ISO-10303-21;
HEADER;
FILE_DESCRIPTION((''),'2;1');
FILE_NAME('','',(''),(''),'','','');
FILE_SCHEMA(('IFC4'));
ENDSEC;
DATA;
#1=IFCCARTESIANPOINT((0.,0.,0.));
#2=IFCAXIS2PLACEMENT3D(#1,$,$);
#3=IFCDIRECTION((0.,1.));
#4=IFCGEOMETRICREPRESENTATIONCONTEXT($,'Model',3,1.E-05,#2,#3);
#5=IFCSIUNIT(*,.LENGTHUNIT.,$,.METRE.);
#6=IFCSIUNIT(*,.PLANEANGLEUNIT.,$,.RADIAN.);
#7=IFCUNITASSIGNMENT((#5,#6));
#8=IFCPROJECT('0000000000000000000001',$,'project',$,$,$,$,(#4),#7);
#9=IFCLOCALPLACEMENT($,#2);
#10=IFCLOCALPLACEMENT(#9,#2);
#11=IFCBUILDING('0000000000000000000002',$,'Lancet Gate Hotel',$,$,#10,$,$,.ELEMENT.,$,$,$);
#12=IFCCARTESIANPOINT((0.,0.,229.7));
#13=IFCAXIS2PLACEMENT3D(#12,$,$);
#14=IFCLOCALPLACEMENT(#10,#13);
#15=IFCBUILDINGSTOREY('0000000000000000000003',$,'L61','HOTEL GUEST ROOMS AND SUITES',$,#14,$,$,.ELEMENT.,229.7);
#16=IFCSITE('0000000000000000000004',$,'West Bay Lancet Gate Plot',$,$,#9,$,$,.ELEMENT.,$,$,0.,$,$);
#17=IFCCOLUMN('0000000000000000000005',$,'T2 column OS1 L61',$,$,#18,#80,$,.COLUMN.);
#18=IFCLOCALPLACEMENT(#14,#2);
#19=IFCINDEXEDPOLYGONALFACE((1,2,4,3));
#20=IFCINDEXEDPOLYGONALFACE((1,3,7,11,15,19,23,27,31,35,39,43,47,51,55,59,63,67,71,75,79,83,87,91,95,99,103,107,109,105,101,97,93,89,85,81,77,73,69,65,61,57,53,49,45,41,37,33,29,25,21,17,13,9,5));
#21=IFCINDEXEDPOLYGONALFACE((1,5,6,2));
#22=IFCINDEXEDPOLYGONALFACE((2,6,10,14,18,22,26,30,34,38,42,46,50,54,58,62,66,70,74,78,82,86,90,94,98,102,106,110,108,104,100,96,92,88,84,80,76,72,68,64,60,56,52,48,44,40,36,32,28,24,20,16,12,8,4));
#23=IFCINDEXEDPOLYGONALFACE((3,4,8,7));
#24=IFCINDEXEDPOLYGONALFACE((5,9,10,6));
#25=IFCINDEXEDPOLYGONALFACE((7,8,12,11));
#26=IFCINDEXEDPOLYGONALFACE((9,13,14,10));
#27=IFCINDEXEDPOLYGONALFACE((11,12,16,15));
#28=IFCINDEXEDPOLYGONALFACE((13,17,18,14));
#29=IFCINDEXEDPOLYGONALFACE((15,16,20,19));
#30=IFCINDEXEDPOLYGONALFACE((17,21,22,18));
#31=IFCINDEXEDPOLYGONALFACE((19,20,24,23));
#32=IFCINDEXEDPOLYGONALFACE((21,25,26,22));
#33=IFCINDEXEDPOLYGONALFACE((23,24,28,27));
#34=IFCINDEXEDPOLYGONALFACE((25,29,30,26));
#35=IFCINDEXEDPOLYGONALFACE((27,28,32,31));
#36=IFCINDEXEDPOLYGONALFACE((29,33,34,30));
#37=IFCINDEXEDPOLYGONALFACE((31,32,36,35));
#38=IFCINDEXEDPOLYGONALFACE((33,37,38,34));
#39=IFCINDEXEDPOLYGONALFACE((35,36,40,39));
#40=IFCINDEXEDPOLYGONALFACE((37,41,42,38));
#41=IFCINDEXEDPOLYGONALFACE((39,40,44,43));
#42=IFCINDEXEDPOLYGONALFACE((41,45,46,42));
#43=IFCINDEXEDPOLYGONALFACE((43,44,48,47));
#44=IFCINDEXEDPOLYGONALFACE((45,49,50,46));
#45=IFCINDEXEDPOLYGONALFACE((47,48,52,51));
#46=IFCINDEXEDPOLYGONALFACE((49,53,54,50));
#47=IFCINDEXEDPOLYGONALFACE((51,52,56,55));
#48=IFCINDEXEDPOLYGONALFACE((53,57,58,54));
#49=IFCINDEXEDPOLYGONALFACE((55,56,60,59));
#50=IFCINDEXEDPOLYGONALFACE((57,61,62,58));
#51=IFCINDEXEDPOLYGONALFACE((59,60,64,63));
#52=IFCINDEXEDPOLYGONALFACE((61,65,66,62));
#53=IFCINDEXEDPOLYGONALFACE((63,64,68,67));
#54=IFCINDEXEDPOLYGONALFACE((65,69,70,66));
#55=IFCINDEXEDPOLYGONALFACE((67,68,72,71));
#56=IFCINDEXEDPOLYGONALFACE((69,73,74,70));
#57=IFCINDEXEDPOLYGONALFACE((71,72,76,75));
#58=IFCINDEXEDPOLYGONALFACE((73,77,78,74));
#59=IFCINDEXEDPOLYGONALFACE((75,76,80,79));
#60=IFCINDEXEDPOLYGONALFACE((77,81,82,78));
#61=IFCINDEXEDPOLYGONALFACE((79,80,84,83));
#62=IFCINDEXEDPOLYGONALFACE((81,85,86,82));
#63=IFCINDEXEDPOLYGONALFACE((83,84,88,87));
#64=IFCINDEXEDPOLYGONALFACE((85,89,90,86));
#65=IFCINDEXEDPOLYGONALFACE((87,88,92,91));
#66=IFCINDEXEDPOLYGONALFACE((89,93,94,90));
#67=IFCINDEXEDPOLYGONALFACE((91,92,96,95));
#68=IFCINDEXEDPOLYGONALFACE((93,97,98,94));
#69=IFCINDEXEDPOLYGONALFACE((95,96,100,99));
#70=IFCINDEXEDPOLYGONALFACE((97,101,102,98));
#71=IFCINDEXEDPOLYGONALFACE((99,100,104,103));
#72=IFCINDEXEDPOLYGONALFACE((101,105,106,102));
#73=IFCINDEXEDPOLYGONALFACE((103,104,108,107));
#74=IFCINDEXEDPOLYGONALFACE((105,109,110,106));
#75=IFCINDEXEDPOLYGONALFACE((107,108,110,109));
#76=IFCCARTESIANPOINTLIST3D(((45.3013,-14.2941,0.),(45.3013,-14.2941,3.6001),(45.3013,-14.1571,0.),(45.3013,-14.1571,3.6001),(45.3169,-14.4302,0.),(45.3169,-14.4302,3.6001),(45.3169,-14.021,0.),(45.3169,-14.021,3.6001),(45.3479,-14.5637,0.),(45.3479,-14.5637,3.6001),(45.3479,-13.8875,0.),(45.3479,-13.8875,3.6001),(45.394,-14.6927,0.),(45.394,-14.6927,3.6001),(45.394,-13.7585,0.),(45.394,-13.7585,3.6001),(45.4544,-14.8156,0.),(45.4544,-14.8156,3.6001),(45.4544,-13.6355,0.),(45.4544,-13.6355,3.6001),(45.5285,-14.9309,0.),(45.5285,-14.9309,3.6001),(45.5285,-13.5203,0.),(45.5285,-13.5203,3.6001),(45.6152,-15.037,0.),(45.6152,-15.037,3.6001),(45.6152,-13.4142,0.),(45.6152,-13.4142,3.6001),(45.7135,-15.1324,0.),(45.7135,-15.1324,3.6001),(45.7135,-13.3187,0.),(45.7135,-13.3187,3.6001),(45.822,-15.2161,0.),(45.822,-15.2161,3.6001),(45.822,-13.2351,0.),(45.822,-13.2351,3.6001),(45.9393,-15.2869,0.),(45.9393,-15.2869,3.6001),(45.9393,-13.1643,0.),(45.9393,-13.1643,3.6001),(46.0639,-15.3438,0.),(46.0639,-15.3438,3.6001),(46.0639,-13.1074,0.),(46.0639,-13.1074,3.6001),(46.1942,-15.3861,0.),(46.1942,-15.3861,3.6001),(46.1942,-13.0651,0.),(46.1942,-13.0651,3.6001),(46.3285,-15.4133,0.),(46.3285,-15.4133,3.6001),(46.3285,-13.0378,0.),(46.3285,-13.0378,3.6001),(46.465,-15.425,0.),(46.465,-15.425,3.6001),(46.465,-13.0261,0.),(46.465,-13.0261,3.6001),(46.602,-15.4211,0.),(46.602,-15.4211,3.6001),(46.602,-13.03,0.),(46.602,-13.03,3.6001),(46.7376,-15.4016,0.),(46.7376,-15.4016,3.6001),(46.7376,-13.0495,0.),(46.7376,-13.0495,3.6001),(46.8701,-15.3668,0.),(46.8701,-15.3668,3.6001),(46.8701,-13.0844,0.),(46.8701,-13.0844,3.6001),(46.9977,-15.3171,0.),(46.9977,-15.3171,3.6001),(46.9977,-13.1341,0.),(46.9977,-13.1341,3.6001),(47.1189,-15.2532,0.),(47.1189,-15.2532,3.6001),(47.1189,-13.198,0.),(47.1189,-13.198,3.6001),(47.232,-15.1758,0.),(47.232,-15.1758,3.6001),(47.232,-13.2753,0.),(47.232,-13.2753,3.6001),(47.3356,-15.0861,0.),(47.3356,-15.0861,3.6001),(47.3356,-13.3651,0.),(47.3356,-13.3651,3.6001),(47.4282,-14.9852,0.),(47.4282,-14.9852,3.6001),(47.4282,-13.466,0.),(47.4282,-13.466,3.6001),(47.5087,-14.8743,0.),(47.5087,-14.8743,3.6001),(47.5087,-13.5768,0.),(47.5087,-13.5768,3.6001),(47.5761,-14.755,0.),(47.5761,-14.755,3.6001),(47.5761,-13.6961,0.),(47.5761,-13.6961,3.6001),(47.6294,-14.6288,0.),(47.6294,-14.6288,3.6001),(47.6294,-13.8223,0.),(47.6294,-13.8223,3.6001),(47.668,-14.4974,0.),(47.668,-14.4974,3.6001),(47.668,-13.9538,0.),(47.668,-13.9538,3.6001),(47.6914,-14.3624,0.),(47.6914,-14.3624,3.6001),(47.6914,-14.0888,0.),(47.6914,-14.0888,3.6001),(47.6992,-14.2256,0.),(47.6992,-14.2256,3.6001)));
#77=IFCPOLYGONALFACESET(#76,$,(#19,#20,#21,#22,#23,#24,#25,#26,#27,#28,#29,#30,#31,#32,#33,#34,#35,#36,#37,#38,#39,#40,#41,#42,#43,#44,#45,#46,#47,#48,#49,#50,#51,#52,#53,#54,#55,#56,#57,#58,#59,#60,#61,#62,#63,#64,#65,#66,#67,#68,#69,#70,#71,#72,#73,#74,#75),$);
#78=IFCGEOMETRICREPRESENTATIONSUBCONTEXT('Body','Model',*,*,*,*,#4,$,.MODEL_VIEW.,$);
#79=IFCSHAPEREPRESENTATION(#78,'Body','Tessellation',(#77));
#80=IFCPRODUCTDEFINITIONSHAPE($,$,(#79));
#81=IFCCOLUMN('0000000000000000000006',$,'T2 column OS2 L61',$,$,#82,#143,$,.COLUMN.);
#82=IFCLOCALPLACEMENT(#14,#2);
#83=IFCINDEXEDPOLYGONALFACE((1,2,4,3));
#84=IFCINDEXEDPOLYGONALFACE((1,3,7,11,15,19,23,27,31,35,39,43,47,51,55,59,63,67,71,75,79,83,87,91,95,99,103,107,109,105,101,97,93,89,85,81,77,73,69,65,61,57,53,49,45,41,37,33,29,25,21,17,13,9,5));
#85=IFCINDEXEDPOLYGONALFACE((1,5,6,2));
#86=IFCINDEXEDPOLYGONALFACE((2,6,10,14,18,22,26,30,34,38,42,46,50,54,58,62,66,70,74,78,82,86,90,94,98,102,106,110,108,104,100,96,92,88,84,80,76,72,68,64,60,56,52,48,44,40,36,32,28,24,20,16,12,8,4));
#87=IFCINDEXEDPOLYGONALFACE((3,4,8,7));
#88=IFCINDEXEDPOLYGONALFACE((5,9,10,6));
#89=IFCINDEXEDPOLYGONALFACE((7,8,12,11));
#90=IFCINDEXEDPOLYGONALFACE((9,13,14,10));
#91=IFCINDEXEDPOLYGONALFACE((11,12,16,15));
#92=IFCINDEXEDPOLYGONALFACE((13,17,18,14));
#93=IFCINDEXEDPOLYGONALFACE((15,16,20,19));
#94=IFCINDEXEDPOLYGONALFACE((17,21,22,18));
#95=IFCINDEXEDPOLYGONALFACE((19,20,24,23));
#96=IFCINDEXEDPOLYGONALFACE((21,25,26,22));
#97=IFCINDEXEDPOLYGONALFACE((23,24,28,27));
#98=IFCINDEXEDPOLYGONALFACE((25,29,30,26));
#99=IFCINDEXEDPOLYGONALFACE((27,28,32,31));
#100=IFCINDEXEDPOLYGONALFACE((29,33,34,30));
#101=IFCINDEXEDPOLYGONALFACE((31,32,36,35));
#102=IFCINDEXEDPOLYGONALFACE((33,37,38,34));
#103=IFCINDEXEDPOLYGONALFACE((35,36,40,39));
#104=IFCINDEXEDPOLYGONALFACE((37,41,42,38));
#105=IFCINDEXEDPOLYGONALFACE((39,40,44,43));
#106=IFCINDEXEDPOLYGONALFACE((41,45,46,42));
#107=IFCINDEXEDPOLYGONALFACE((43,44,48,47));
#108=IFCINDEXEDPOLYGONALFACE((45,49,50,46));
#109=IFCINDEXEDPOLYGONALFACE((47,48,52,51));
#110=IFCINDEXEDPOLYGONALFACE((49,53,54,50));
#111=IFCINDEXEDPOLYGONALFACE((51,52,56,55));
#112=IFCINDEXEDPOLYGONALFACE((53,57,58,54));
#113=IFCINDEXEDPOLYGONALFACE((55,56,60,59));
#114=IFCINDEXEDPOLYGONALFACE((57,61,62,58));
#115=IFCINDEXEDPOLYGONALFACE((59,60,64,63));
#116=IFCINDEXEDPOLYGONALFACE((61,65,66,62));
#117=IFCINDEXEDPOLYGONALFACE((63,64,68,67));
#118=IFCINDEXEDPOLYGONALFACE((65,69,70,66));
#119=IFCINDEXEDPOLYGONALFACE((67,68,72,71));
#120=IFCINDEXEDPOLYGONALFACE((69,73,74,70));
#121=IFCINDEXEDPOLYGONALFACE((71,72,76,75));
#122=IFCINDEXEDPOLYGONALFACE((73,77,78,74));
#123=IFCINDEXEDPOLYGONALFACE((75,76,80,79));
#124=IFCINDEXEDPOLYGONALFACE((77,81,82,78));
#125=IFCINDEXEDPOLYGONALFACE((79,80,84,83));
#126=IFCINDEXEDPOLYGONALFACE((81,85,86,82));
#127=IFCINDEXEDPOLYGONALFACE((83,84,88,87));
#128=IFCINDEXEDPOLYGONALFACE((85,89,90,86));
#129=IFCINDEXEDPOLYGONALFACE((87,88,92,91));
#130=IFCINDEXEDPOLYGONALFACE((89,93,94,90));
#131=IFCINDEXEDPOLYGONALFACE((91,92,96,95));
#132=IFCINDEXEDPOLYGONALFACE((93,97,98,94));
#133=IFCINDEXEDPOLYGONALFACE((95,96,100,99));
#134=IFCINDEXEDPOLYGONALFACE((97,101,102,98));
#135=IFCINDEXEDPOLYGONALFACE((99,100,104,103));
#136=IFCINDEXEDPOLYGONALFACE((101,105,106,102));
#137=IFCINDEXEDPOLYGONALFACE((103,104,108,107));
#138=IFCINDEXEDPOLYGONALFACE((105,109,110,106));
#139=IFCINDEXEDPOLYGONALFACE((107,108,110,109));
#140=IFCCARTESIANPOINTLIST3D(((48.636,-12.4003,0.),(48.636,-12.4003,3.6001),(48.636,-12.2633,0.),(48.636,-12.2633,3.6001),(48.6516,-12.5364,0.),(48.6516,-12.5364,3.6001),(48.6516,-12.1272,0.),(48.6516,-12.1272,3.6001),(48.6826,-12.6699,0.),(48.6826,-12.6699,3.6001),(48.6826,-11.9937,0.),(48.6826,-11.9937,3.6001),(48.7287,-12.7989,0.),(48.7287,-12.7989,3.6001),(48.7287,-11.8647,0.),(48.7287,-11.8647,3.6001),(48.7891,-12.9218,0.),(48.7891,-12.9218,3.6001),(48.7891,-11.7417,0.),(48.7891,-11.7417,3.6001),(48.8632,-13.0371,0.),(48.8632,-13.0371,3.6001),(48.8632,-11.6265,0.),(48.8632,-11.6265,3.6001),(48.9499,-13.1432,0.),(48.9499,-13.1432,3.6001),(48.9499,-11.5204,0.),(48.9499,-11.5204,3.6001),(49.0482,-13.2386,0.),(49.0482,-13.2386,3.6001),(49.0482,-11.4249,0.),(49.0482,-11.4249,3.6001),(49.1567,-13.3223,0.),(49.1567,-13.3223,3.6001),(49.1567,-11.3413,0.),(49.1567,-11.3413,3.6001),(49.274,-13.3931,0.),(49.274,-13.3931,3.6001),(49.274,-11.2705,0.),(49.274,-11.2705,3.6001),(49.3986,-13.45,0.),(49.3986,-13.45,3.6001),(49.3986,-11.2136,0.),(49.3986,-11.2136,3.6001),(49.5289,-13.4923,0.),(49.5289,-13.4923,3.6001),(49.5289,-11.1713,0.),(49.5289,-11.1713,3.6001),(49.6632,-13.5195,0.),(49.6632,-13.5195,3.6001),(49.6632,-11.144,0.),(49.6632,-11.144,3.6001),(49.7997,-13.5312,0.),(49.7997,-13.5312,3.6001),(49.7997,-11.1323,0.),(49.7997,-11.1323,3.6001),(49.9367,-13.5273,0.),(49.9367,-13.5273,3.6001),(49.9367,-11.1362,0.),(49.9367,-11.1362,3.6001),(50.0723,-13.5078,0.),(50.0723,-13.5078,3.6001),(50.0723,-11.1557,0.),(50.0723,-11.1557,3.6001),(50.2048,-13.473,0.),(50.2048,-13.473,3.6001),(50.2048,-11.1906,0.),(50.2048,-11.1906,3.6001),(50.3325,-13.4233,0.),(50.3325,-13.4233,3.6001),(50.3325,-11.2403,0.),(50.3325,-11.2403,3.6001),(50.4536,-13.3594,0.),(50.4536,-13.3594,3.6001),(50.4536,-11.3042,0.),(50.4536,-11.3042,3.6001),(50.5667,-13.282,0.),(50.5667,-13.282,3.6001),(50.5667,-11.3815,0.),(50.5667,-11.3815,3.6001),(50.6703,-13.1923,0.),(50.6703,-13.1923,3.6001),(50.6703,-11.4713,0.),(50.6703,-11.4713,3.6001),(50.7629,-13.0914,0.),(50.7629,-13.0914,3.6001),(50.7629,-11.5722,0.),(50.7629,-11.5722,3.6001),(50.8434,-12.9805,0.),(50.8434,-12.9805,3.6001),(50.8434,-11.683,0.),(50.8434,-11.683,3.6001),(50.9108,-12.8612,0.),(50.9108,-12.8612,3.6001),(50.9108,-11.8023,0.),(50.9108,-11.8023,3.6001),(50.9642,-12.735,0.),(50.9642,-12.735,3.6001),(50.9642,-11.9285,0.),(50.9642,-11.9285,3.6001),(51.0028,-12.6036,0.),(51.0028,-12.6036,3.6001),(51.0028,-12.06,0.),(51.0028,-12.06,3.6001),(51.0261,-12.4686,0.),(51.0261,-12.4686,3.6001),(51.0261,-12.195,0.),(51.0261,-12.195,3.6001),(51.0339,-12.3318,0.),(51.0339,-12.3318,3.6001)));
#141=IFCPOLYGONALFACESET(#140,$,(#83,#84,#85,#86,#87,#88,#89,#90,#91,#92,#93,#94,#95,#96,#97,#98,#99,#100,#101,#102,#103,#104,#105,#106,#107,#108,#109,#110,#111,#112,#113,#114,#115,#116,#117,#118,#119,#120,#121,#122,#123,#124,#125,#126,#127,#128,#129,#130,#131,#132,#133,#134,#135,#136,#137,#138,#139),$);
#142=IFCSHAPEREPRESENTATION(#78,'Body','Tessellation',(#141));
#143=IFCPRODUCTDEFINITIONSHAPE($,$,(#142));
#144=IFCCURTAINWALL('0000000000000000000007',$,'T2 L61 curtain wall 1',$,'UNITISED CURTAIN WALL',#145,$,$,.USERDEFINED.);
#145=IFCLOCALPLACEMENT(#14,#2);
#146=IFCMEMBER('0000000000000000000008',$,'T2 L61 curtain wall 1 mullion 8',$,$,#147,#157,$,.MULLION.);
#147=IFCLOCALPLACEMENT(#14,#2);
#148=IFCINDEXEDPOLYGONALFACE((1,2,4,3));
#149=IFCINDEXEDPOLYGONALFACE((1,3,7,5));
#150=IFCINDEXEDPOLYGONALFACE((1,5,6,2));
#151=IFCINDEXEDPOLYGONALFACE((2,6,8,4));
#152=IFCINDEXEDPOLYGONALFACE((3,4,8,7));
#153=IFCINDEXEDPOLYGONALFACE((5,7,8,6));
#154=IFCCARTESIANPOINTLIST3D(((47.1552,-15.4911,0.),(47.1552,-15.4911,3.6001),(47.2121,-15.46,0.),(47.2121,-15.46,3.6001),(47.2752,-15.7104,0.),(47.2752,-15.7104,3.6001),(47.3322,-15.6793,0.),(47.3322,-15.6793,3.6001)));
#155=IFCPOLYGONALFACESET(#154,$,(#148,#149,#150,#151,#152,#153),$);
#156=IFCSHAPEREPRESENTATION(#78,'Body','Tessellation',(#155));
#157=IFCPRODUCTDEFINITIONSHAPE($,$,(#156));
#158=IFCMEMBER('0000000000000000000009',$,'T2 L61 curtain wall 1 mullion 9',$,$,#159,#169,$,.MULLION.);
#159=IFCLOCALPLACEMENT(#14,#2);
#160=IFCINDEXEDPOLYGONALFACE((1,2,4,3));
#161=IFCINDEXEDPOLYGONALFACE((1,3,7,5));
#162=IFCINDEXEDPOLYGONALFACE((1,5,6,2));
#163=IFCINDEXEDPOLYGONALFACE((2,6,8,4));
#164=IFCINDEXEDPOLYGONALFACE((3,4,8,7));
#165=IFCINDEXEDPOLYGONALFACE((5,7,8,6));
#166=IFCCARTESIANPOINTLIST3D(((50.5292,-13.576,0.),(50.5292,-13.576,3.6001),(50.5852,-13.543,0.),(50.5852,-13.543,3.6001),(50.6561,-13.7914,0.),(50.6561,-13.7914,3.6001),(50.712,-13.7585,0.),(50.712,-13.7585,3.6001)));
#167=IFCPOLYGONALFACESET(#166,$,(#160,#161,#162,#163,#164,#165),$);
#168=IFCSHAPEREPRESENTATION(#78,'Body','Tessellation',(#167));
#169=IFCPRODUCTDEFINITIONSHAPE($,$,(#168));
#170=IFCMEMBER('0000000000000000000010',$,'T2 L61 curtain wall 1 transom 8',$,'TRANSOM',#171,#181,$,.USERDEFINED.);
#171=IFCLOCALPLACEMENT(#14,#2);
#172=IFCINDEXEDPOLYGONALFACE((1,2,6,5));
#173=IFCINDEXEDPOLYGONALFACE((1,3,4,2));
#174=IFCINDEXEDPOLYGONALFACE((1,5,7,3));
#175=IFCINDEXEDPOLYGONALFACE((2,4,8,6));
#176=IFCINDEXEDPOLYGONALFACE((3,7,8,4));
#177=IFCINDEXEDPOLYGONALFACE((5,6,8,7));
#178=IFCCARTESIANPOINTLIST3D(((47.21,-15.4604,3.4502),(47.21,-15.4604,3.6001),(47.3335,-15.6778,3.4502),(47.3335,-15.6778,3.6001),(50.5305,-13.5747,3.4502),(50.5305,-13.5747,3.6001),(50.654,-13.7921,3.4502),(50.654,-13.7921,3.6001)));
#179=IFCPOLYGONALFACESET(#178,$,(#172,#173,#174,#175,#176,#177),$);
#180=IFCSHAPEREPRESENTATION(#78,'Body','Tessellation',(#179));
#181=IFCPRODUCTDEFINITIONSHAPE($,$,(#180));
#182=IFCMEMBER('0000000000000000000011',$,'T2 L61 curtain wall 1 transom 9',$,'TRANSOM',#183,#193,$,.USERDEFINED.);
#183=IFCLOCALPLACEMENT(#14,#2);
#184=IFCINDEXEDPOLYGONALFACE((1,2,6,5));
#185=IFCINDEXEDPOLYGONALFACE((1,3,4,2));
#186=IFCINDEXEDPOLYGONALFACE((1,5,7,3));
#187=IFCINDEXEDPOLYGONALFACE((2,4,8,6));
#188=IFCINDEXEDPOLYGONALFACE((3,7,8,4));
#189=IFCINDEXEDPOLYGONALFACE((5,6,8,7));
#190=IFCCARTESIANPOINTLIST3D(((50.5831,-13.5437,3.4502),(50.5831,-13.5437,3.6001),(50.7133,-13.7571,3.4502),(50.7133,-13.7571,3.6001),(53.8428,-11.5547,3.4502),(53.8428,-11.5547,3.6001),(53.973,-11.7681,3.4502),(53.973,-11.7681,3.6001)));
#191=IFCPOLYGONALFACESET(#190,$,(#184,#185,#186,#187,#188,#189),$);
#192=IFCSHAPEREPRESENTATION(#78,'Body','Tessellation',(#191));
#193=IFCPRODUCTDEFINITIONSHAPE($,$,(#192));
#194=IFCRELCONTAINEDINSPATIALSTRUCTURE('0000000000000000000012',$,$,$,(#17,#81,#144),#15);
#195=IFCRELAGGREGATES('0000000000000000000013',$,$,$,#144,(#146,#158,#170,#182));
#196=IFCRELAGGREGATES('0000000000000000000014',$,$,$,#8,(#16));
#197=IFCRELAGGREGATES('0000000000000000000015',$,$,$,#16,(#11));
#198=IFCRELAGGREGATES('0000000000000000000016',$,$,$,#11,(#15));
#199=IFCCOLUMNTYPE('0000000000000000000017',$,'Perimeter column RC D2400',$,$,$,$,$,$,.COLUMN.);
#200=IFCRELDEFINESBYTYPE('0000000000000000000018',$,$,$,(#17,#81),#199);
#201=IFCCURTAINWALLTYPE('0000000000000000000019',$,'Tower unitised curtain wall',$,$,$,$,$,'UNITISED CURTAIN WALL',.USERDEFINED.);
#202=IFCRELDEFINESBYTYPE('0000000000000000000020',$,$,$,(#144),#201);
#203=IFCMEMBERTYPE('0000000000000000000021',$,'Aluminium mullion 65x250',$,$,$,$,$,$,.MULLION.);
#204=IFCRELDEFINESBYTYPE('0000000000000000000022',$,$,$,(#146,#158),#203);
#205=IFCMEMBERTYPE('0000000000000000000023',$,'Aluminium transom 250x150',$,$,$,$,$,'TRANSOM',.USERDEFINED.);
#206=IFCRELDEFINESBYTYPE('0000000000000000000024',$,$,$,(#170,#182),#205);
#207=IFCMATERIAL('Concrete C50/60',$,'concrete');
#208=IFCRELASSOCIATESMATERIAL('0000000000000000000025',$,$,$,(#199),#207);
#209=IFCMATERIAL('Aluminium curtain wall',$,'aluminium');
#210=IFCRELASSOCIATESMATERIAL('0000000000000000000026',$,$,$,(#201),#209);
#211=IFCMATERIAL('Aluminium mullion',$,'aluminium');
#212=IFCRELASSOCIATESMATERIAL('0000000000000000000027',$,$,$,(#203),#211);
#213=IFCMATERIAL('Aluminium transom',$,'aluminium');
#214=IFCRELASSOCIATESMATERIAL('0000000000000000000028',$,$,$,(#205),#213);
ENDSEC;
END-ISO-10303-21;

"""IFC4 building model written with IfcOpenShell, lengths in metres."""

from ifc_helpers import new_model, si_unit, direction, frame, origin, origin_2d, place, context, subcontext, project, spatial, rectangle, circle, extrude, material, material_profile, profile_set, type_object, element, aggregate, save


model = new_model("IFC4")

# Units and contexts
model_context = context("Model", 3, precision=1e-05, world=origin(), true_north=direction((0.0, 1.0)))
body_context = subcontext(model_context, "Body", "Model", "MODEL_VIEW")
ifc_project = project(units=[si_unit("LENGTHUNIT", "METRE"), si_unit("PLANEANGLEUNIT", "RADIAN")], contexts=[model_context])

# Site, building, storey
site_placement = place(None, origin())
site = spatial("IfcSite", under=ifc_project, at=site_placement, Name="West Bay Lancet Gate Plot", CompositionType="ELEMENT", RefElevation=0.0)
building_placement = place(site_placement, origin())
building = spatial("IfcBuilding", under=site, at=building_placement, Name="Lancet Gate Hotel", CompositionType="ELEMENT")
storey_placement = place(building_placement, frame((0.0, 0.0, 229.7)))
storey = spatial("IfcBuildingStorey", under=building, at=storey_placement, Name="L61", Description="HOTEL GUEST ROOMS AND SUITES", CompositionType="ELEMENT", Elevation=229.7)

# Columns
ifc_material_1 = material(Name="Concrete C50/60", Category="concrete")
ifc_material_profile_1 = material_profile(ifc_material_1, circle(Radius=1.2, at=origin_2d()), Name="RC D2400")
ifc_profile_set_1 = profile_set([ifc_material_profile_1], Name="Concrete C50/60")
column_type = type_object("IfcColumnType", Name="Perimeter column RC D2400", PredefinedType="COLUMN", material=ifc_profile_set_1)
for number, where, z_axis, x_axis, name in (
    (1, (46.4993, -14.2256, 0.0), (0.0, 0.0, 1.0), (1.0, 0.0, 0.0), "T2 column OS1 L61"),
    (2, (49.834, -12.3318, 0.0), (0.0, 0.0, 1.0), (1.0, 0.0, 0.0), "T2 column OS2 L61"),
):
    element("IfcColumn", number, at=place(storey_placement, frame(where, z_axis=z_axis, x_axis=x_axis)), inside=storey, type_object=column_type, Name=name, PredefinedType="COLUMN", context=body_context, shape_type="SweptSolid", body=[
        extrude(circle(Radius=1.2, at=origin_2d()), origin(), (0.0, 0.0, 1.0), 3.6001),
    ])

# Curtain wall, members
ifc_material_2 = material(Name="Aluminium curtain wall", Category="aluminium")
curtain_wall_type = type_object("IfcCurtainWallType", Name="Tower unitised curtain wall", ElementType="UNITISED CURTAIN WALL", PredefinedType="USERDEFINED", material=ifc_material_2)
curtain_wall_placement = place(storey_placement, origin())
curtain_wall = element("IfcCurtainWall", 3, at=curtain_wall_placement, inside=storey, type_object=curtain_wall_type, Name="T2 L61 curtain wall 1", ObjectType="UNITISED CURTAIN WALL", PredefinedType="USERDEFINED")
ifc_material_3 = material(Name="Aluminium mullion", Category="aluminium")
ifc_material_profile_2 = material_profile(ifc_material_3, rectangle(XDim=0.0649, YDim=0.25, at=origin_2d()), Name="MULLION 65x250")
ifc_profile_set_2 = profile_set([ifc_material_profile_2], Name="Aluminium mullion")
member_type_1 = type_object("IfcMemberType", Name="Aluminium mullion 65x250", PredefinedType="MULLION", material=ifc_profile_set_2)
member_1_placement = place(storey_placement, frame((47.2437, -15.5852, 0.0), z_axis=(0.0, 0.0, 1.0), x_axis=(0.877195, 0.480135, 0.0)))
member_1 = element("IfcMember", 4, at=member_1_placement, type_object=member_type_1, Name="T2 L61 curtain wall 1 mullion 8", PredefinedType="MULLION", context=body_context, shape_type="SweptSolid", body=[
    extrude(rectangle(XDim=0.0649, YDim=0.25, at=origin_2d()), origin(), (0.0, 0.0, 1.0), 3.6001),
])
member_2_placement = place(storey_placement, frame((50.6206, -13.6672, 0.0), z_axis=(0.0, 0.0, 1.0), x_axis=(0.861692, 0.507432, 0.0)))
member_2 = element("IfcMember", 5, at=member_2_placement, type_object=member_type_1, Name="T2 L61 curtain wall 1 mullion 9", PredefinedType="MULLION", context=body_context, shape_type="SweptSolid", body=[
    extrude(rectangle(XDim=0.0649, YDim=0.25, at=origin_2d()), origin(), (0.0, 0.0, 1.0), 3.6001),
])
ifc_material_4 = material(Name="Aluminium transom", Category="aluminium")
ifc_material_profile_3 = material_profile(ifc_material_4, rectangle(XDim=0.25, YDim=0.1499, at=origin_2d()), Name="TRANSOM 250x150")
ifc_profile_set_3 = profile_set([ifc_material_profile_3], Name="Aluminium transom")
member_type_2 = type_object("IfcMemberType", Name="Aluminium transom 250x150", ElementType="TRANSOM", PredefinedType="USERDEFINED", material=ifc_profile_set_3)
member_3_placement = place(storey_placement, frame((47.2717, -15.5691, 3.5251), z_axis=(0.869562, 0.493824, 0.0), x_axis=(-0.493824, 0.869562, 0.0)))
member_3 = element("IfcMember", 6, at=member_3_placement, type_object=member_type_2, Name="T2 L61 curtain wall 1 transom 8", ObjectType="TRANSOM", PredefinedType="USERDEFINED", context=body_context, shape_type="SweptSolid", body=[
    extrude(rectangle(XDim=0.25, YDim=0.1499, at=origin_2d()), origin(), (0.0, 0.0, 1.0), 3.8186),
])
member_4_placement = place(storey_placement, frame((50.6482, -13.6504, 3.5251), z_axis=(0.853639, 0.520865, 0.0), x_axis=(-0.520865, 0.853639, 0.0)))
member_4 = element("IfcMember", 7, at=member_4_placement, type_object=member_type_2, Name="T2 L61 curtain wall 1 transom 9", ObjectType="TRANSOM", PredefinedType="USERDEFINED", context=body_context, shape_type="SweptSolid", body=[
    extrude(rectangle(XDim=0.25, YDim=0.1499, at=origin_2d()), origin(), (0.0, 0.0, 1.0), 3.8186),
])

aggregate(curtain_wall, [member_1, member_2, member_3, member_4])

save(model, "model.ifc")
